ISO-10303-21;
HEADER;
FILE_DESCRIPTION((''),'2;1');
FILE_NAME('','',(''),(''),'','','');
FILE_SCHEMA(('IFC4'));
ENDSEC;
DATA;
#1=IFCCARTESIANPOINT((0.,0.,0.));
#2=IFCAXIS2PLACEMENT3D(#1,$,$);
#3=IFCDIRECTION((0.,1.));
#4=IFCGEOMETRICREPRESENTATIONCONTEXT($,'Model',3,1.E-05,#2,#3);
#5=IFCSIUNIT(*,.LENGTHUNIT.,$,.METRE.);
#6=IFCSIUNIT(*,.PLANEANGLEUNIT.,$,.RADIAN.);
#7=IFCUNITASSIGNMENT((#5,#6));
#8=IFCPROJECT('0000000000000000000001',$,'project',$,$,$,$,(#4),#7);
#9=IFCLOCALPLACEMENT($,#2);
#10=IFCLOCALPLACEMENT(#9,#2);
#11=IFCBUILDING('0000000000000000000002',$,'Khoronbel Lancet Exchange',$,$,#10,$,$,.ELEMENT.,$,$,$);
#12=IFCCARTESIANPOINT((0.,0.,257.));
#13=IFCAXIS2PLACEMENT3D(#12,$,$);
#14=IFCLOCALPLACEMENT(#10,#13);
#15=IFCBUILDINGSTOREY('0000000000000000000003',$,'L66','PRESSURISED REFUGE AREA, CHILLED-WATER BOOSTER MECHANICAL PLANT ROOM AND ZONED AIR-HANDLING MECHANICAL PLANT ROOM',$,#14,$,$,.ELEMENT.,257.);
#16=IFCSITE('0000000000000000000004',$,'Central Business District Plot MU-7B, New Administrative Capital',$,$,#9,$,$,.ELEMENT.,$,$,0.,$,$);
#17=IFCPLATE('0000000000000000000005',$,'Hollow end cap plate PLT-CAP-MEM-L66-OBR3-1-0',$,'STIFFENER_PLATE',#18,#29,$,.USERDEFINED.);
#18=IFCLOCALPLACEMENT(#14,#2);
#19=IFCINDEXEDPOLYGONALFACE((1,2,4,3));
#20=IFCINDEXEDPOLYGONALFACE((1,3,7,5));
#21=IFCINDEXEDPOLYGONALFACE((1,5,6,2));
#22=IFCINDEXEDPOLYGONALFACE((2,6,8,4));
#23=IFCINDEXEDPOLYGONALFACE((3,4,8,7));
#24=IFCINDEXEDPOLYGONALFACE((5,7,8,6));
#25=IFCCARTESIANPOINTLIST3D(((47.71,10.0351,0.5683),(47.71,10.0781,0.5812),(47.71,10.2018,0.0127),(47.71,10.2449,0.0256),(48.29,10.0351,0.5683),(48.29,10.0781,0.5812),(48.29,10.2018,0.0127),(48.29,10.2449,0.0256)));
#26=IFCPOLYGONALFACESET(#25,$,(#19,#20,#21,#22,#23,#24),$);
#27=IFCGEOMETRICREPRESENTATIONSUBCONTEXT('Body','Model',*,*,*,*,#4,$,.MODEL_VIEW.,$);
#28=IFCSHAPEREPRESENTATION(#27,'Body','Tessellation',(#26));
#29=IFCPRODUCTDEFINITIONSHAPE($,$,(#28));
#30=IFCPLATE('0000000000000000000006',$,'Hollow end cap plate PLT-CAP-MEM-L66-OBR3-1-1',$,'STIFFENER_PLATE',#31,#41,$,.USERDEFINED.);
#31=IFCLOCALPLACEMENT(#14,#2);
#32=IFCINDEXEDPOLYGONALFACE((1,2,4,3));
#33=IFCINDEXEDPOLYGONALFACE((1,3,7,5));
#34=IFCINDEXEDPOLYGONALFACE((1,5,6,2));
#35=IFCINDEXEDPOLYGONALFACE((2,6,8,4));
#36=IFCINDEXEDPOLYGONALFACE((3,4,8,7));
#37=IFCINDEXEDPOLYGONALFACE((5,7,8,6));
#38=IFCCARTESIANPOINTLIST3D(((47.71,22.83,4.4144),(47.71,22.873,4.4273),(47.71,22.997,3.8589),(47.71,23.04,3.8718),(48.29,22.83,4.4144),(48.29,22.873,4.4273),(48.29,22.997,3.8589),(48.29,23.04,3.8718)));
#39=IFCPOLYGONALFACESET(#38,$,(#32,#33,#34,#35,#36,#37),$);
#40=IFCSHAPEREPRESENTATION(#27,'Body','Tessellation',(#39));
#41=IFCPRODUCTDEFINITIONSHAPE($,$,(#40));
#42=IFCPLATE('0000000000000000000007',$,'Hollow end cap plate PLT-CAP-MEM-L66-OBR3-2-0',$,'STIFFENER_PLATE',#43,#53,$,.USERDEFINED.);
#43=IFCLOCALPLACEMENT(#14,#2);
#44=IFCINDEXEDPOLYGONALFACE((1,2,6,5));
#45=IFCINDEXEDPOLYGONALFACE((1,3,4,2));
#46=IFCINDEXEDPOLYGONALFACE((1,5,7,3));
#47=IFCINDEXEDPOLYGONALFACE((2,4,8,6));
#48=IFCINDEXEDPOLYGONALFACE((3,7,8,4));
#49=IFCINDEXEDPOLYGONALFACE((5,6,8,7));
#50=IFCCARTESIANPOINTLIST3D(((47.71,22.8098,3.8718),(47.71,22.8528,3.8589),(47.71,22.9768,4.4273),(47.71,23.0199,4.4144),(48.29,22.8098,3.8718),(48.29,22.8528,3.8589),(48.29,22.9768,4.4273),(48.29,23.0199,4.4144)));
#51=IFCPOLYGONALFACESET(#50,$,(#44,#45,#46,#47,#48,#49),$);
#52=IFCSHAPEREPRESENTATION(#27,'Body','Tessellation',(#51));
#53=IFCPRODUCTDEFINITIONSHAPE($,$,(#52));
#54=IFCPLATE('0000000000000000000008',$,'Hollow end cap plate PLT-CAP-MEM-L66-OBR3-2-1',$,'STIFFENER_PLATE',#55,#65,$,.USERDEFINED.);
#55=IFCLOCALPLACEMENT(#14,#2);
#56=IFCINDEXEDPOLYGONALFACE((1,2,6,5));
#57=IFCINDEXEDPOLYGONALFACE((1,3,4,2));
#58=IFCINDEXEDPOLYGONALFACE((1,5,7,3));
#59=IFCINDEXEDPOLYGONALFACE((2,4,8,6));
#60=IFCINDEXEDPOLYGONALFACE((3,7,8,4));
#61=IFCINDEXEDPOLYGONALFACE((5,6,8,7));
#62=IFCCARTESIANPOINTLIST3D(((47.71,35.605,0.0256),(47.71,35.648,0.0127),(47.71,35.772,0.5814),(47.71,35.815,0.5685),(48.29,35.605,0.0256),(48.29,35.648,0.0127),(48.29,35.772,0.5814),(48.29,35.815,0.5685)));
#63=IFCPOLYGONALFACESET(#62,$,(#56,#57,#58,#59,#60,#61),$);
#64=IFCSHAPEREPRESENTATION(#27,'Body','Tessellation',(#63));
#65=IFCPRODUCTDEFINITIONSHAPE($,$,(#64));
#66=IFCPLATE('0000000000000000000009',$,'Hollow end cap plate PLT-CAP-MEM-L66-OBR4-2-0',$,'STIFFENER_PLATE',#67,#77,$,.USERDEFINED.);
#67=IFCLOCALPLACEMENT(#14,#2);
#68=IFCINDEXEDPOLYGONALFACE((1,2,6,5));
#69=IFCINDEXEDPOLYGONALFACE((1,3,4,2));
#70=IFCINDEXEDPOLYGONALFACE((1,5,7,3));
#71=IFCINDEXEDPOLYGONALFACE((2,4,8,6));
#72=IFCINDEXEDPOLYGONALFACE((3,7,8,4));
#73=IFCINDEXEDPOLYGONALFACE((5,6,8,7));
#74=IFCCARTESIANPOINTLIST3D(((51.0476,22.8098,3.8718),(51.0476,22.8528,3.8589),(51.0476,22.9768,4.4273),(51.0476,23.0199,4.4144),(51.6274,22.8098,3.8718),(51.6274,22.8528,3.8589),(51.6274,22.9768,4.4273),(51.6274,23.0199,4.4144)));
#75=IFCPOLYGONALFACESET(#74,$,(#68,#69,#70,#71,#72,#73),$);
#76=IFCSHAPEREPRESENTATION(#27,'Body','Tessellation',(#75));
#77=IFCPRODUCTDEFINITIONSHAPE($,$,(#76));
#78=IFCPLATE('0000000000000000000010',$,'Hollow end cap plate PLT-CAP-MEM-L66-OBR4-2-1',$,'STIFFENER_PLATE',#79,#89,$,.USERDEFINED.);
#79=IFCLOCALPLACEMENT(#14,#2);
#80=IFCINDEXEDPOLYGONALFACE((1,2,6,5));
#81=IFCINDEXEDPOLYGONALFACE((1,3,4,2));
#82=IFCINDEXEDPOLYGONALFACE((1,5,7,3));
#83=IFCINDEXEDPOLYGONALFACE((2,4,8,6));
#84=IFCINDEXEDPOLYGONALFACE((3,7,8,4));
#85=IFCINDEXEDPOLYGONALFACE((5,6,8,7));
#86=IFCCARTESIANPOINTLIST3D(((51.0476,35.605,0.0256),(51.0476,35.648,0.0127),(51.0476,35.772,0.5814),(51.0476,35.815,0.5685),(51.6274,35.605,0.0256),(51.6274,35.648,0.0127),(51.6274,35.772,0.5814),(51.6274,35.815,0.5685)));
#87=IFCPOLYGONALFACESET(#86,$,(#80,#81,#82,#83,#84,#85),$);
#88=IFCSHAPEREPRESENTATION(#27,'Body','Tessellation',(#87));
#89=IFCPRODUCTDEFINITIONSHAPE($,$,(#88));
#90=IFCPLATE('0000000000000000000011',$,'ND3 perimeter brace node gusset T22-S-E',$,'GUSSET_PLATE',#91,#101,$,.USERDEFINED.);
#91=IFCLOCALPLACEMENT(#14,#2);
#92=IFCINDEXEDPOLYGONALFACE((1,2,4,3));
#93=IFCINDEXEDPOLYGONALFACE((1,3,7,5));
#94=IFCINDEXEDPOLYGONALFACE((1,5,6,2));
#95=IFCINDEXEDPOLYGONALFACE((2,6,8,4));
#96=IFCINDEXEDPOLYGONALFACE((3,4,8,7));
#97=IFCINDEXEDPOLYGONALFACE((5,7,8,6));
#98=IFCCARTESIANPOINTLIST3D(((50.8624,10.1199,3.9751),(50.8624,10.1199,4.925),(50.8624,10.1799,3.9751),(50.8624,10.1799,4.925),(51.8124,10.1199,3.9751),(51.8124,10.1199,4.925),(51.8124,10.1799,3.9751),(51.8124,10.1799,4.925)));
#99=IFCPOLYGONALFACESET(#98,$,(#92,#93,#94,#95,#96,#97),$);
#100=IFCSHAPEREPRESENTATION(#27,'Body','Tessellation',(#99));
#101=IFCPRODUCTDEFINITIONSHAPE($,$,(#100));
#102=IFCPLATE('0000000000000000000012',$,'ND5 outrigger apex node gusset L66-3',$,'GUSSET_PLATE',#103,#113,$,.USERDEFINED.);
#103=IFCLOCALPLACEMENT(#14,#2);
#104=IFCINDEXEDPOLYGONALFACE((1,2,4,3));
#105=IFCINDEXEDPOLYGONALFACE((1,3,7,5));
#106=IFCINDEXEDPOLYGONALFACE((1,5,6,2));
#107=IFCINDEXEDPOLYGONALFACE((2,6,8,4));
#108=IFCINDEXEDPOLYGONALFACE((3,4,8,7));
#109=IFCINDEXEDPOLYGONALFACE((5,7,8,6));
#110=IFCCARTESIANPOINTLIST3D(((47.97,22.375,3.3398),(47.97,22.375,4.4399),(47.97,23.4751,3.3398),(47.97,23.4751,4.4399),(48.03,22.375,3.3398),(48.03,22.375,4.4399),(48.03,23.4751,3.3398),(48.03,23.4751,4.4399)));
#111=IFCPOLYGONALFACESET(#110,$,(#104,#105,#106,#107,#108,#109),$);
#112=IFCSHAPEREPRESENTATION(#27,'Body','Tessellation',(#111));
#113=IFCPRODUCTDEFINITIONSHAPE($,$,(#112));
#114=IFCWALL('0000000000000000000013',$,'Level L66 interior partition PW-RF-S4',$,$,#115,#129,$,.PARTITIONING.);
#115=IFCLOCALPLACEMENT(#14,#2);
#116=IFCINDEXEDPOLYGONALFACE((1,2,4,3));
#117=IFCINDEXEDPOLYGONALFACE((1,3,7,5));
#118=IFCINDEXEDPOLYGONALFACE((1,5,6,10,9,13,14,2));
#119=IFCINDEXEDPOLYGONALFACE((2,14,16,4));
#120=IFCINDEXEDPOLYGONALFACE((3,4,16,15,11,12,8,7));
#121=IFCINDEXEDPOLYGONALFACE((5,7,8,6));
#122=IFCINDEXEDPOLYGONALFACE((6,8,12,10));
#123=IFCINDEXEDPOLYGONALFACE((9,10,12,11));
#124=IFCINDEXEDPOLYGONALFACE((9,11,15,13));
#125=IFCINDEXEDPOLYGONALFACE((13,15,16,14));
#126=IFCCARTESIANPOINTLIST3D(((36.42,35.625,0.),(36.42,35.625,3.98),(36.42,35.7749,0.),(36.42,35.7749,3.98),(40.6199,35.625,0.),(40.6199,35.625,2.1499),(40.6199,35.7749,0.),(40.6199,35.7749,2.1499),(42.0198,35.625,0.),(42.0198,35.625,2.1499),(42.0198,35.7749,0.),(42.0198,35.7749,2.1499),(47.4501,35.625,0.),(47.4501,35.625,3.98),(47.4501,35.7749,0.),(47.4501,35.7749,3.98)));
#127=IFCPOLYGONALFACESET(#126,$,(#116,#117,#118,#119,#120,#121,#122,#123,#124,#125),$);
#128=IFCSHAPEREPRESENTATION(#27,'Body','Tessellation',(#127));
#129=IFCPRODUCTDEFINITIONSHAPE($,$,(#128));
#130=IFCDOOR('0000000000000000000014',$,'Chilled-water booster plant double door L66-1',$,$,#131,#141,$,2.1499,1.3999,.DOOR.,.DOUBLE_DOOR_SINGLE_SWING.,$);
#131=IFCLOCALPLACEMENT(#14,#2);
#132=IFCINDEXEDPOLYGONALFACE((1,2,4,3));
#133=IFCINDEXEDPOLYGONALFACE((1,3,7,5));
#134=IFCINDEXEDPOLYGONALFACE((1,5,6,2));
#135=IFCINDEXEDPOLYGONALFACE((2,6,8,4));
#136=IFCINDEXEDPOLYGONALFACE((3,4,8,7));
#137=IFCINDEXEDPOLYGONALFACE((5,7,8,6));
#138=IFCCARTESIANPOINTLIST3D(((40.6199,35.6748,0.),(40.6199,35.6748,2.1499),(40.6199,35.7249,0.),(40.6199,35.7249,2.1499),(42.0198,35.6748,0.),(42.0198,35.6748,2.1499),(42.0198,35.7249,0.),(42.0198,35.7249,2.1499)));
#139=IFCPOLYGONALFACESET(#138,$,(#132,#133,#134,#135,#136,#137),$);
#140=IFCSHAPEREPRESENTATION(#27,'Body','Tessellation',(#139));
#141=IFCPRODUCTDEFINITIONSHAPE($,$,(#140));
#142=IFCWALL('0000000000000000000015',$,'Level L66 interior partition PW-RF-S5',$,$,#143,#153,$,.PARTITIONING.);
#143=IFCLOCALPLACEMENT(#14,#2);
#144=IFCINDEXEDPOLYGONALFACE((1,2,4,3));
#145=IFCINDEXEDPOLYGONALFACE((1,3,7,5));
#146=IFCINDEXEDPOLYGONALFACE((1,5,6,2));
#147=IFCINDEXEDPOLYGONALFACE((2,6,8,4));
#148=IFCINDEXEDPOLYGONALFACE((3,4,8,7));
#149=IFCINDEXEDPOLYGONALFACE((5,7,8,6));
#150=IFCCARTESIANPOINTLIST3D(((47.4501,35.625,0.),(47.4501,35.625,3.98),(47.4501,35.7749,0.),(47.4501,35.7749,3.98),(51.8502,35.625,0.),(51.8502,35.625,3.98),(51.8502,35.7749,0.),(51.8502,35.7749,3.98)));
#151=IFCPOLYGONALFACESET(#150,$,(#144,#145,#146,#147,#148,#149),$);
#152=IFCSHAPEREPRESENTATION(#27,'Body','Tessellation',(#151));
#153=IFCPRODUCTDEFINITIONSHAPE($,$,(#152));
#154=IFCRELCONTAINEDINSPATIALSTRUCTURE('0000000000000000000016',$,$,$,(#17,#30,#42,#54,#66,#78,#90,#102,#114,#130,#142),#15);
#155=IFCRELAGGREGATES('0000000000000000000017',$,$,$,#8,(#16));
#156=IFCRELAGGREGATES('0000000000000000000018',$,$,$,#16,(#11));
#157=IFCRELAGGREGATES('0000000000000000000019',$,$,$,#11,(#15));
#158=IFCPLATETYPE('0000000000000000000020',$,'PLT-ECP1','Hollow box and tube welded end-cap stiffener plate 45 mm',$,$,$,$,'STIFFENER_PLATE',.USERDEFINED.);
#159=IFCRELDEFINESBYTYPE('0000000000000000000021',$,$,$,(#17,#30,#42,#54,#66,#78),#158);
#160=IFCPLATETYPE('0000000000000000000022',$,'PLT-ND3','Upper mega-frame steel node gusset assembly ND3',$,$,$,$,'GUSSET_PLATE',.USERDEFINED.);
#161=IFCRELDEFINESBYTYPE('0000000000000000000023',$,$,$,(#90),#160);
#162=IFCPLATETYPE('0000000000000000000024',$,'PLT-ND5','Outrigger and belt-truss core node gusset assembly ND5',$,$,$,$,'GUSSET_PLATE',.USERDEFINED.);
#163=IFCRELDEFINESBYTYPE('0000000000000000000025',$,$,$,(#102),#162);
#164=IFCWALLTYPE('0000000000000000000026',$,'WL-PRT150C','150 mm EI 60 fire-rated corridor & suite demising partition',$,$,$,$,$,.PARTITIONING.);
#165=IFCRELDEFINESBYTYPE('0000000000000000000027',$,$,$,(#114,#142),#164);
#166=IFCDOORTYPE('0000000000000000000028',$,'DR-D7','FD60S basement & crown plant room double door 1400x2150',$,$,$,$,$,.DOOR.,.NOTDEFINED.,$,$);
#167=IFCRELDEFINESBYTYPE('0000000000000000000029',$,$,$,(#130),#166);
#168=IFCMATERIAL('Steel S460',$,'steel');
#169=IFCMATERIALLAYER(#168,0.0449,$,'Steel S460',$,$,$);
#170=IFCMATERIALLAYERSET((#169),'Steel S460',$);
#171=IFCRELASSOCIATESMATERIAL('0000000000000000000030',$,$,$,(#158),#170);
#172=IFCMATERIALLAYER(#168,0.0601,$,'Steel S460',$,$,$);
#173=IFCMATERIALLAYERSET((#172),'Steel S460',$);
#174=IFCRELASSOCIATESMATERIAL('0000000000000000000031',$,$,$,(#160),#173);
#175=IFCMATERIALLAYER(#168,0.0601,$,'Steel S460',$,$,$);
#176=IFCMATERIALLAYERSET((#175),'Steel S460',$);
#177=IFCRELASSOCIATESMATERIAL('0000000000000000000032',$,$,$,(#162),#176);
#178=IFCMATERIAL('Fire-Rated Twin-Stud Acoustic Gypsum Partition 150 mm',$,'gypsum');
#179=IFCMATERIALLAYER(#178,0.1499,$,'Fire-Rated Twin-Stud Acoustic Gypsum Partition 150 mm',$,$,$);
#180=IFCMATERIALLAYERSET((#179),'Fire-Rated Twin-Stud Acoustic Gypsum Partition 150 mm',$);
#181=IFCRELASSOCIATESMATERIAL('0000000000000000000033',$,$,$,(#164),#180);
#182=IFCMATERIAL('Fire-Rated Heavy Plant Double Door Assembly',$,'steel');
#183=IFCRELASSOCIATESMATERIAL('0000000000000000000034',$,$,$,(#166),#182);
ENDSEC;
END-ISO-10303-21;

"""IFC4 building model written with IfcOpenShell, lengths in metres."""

from ifc_helpers import new_model, si_unit, direction, frame, frame_2d, origin, origin_2d, place, context, subcontext, project, spatial, polyline, rectangle, outline, extrude, material, layer, layer_set, type_object, element, fill, save


model = new_model("IFC4")

# Units and contexts
model_context = context("Model", 3, precision=1e-05, world=origin(), true_north=direction((0.0, 1.0)))
body_context = subcontext(model_context, "Body", "Model", "MODEL_VIEW")
ifc_project = project(units=[si_unit("LENGTHUNIT", "METRE"), si_unit("PLANEANGLEUNIT", "RADIAN")], contexts=[model_context])

# Site, building, storey
site_placement = place(None, origin())
site = spatial("IfcSite", under=ifc_project, at=site_placement, Name="Central Business District Plot MU-7B, New Administrative Capital", CompositionType="ELEMENT", RefElevation=0.0)
building_placement = place(site_placement, origin())
building = spatial("IfcBuilding", under=site, at=building_placement, Name="Khoronbel Lancet Exchange", CompositionType="ELEMENT")
storey_placement = place(building_placement, frame((0.0, 0.0, 257.0)))
storey = spatial("IfcBuildingStorey", under=building, at=storey_placement, Name="L66", Description="PRESSURISED REFUGE AREA, CHILLED-WATER BOOSTER MECHANICAL PLANT ROOM AND ZONED AIR-HANDLING MECHANICAL PLANT ROOM", CompositionType="ELEMENT", Elevation=257.0)

# Shared definitions
ifc_material_1 = material(Name="Steel S460", Category="steel")

# Plates
ifc_layer_1 = layer(ifc_material_1, 0.0449, Name="Steel S460")
ifc_layer_set_1 = layer_set([ifc_layer_1], Name="Steel S460")
plate_type_1 = type_object("IfcPlateType", Name="PLT-ECP1", Description="Hollow box and tube welded end-cap stiffener plate 45 mm", ElementType="STIFFENER_PLATE", PredefinedType="USERDEFINED", material=ifc_layer_set_1)
for number, where, z_axis, x_axis, name in (
    (1, (48.29, 10.2449, 0.0256), (0.0, 0.957803, 0.287425), (-1.0, 0.0, 0.0), "Hollow end cap plate PLT-CAP-MEM-L66-OBR3-1-0"),
    (2, (48.29, 23.04, 3.8718), (0.0, 0.957652, 0.287927), (-1.0, 0.0, 0.0), "Hollow end cap plate PLT-CAP-MEM-L66-OBR3-1-1"),
    (3, (47.71, 22.8098, 3.8718), (0.0, -0.957652, 0.287927), (1.0, 0.0, 0.0), "Hollow end cap plate PLT-CAP-MEM-L66-OBR3-2-0"),
):
    element("IfcPlate", number, at=place(storey_placement, frame(where, z_axis=z_axis, x_axis=x_axis)), inside=storey, type_object=plate_type_1, Name=name, ObjectType="STIFFENER_PLATE", PredefinedType="USERDEFINED", context=body_context, shape_type="SweptSolid", body=[
        extrude(outline(polyline([(0.0, 0.0), (0.5801, 0.0), (0.5801, 0.5801), (0.0, 0.5801), (0.0, 0.0)])), origin(), (0.0, 0.0, -1.0), 0.0449),
    ])
plate_1_placement = place(storey_placement, frame((47.71, 35.605, 0.0256), z_axis=(0.0, -0.957687, 0.287811), x_axis=(1.0, 0.0, 0.0)))
element("IfcPlate", 4, at=plate_1_placement, inside=storey, type_object=plate_type_1, Name="Hollow end cap plate PLT-CAP-MEM-L66-OBR3-2-1", ObjectType="STIFFENER_PLATE", PredefinedType="USERDEFINED", context=body_context, shape_type="SweptSolid", body=[
    extrude(outline(polyline([(0.0, 0.0), (0.5801, 0.0), (0.5801, 0.5803), (0.0, 0.5803), (0.0, 0.0)])), origin(), (0.0, 0.0, -1.0), 0.0449),
])
plate_2_placement = place(storey_placement, frame((51.0476, 22.8098, 3.8718), z_axis=(0.0, -0.957652, 0.287927), x_axis=(1.0, 0.0, 0.0)))
element("IfcPlate", 5, at=plate_2_placement, inside=storey, type_object=plate_type_1, Name="Hollow end cap plate PLT-CAP-MEM-L66-OBR4-2-0", ObjectType="STIFFENER_PLATE", PredefinedType="USERDEFINED", context=body_context, shape_type="SweptSolid", body=[
    extrude(outline(polyline([(0.0, 0.0), (0.5798, 0.0), (0.5798, 0.5801), (0.0, 0.5801), (0.0, 0.0)])), origin(), (0.0, 0.0, -1.0), 0.0449),
])
plate_3_placement = place(storey_placement, frame((51.0476, 35.605, 0.0256), z_axis=(0.0, -0.957687, 0.287811), x_axis=(1.0, 0.0, 0.0)))
element("IfcPlate", 6, at=plate_3_placement, inside=storey, type_object=plate_type_1, Name="Hollow end cap plate PLT-CAP-MEM-L66-OBR4-2-1", ObjectType="STIFFENER_PLATE", PredefinedType="USERDEFINED", context=body_context, shape_type="SweptSolid", body=[
    extrude(outline(polyline([(0.0, 0.0), (0.5798, 0.0), (0.5798, 0.5803), (0.0, 0.5803), (0.0, 0.0)])), origin(), (0.0, 0.0, -1.0), 0.0449),
])
ifc_layer_2 = layer(ifc_material_1, 0.0601, Name="Steel S460")
ifc_layer_set_2 = layer_set([ifc_layer_2], Name="Steel S460")
plate_type_2 = type_object("IfcPlateType", Name="PLT-ND3", Description="Upper mega-frame steel node gusset assembly ND3", ElementType="GUSSET_PLATE", PredefinedType="USERDEFINED", material=ifc_layer_set_2)
plate_4_placement = place(storey_placement, frame((51.3374, 10.1499, 3.9751), z_axis=(0.0, 0.0, 1.0), x_axis=(1.0, 0.0, 0.0)))
element("IfcPlate", 7, at=plate_4_placement, inside=storey, type_object=plate_type_2, Name="ND3 perimeter brace node gusset T22-S-E", ObjectType="GUSSET_PLATE", PredefinedType="USERDEFINED", context=body_context, shape_type="SweptSolid", body=[
    extrude(rectangle(XDim=0.95, YDim=0.0601, at=origin_2d()), origin(), (0.0, 0.0, 1.0), 0.95),
])
ifc_layer_3 = layer(ifc_material_1, 0.0601, Name="Steel S460")
ifc_layer_set_3 = layer_set([ifc_layer_3], Name="Steel S460")
plate_type_3 = type_object("IfcPlateType", Name="PLT-ND5", Description="Outrigger and belt-truss core node gusset assembly ND5", ElementType="GUSSET_PLATE", PredefinedType="USERDEFINED", material=ifc_layer_set_3)
plate_5_placement = place(storey_placement, frame((48.0, 22.925, 3.3398), z_axis=(0.0, 0.0, 1.0), x_axis=(1.0, 0.0, 0.0)))
element("IfcPlate", 8, at=plate_5_placement, inside=storey, type_object=plate_type_3, Name="ND5 outrigger apex node gusset L66-3", ObjectType="GUSSET_PLATE", PredefinedType="USERDEFINED", context=body_context, shape_type="SweptSolid", body=[
    extrude(rectangle(XDim=0.0601, YDim=1.1001, at=origin_2d()), origin(), (0.0, 0.0, 1.0), 1.1001),
])

# Wall, opening, door
ifc_material_2 = material(Name="Fire-Rated Twin-Stud Acoustic Gypsum Partition 150 mm", Category="gypsum")
ifc_layer_4 = layer(ifc_material_2, 0.1499, Name="Fire-Rated Twin-Stud Acoustic Gypsum Partition 150 mm")
ifc_layer_set_4 = layer_set([ifc_layer_4], Name="Fire-Rated Twin-Stud Acoustic Gypsum Partition 150 mm")
wall_type = type_object("IfcWallType", Name="WL-PRT150C", Description="150 mm EI 60 fire-rated corridor & suite demising partition", PredefinedType="PARTITIONING", material=ifc_layer_set_4)
wall_1_placement = place(storey_placement, frame((36.4199, 35.7, 0.0), z_axis=(0.0, 0.0, 1.0), x_axis=(1.0, 0.0, 0.0)))
wall_1 = element("IfcWall", 9, at=wall_1_placement, inside=storey, type_object=wall_type, Name="Level L66 interior partition PW-RF-S4", PredefinedType="PARTITIONING", context=body_context, shape_type="SweptSolid", body=[
    extrude(rectangle(XDim=11.03, YDim=0.1499, at=frame_2d((5.5151, 0.0))), origin(), (0.0, 0.0, 1.0), 3.98),
])
opening_placement = place(wall_1_placement, frame((4.2, 0.0, 0.0)))
opening = element("IfcOpeningElement", 10, at=opening_placement, cuts=wall_1, PredefinedType="OPENING", context=body_context, shape_type="SweptSolid", body=[
    extrude(rectangle(XDim=1.3999, YDim=2.1499, at=frame_2d((0.7, 1.075))), frame((0.0, 0.085, 0.0), z_axis=(0.0, -1.0, 0.0), x_axis=(1.0, 0.0, 0.0)), (0.0, 0.0, 1.0), 0.1699),
])
ifc_material_3 = material(Name="Fire-Rated Heavy Plant Double Door Assembly", Category="steel")
door_type = type_object("IfcDoorType", Name="DR-D7", Description="FD60S basement & crown plant room double door 1400x2150", OperationType="NOTDEFINED", PredefinedType="DOOR", material=ifc_material_3)
door_placement = place(opening_placement, origin())
door = element("IfcDoor", 11, at=door_placement, inside=storey, type_object=door_type, Name="Chilled-water booster plant double door L66-1", OperationType="DOUBLE_DOOR_SINGLE_SWING", OverallHeight=2.1499, OverallWidth=1.3999, PredefinedType="DOOR", context=body_context, shape_type="SweptSolid", body=[
    extrude(rectangle(XDim=1.3999, YDim=2.1499, at=frame_2d((0.7, 1.075))), frame((0.0, 0.0249, 0.0), z_axis=(0.0, -1.0, 0.0), x_axis=(1.0, 0.0, 0.0)), (0.0, 0.0, 1.0), 0.05),
])
fill(opening, door)

# Wall
wall_2_placement = place(storey_placement, frame((47.45, 35.7, 0.0), z_axis=(0.0, 0.0, 1.0), x_axis=(1.0, 0.0, 0.0)))
element("IfcWall", 12, at=wall_2_placement, inside=storey, type_object=wall_type, Name="Level L66 interior partition PW-RF-S5", PredefinedType="PARTITIONING", context=body_context, shape_type="SweptSolid", body=[
    extrude(rectangle(XDim=4.4001, YDim=0.1499, at=frame_2d((2.2002, 0.0))), origin(), (0.0, 0.0, 1.0), 3.98),
])

save(model, "model.ifc")
